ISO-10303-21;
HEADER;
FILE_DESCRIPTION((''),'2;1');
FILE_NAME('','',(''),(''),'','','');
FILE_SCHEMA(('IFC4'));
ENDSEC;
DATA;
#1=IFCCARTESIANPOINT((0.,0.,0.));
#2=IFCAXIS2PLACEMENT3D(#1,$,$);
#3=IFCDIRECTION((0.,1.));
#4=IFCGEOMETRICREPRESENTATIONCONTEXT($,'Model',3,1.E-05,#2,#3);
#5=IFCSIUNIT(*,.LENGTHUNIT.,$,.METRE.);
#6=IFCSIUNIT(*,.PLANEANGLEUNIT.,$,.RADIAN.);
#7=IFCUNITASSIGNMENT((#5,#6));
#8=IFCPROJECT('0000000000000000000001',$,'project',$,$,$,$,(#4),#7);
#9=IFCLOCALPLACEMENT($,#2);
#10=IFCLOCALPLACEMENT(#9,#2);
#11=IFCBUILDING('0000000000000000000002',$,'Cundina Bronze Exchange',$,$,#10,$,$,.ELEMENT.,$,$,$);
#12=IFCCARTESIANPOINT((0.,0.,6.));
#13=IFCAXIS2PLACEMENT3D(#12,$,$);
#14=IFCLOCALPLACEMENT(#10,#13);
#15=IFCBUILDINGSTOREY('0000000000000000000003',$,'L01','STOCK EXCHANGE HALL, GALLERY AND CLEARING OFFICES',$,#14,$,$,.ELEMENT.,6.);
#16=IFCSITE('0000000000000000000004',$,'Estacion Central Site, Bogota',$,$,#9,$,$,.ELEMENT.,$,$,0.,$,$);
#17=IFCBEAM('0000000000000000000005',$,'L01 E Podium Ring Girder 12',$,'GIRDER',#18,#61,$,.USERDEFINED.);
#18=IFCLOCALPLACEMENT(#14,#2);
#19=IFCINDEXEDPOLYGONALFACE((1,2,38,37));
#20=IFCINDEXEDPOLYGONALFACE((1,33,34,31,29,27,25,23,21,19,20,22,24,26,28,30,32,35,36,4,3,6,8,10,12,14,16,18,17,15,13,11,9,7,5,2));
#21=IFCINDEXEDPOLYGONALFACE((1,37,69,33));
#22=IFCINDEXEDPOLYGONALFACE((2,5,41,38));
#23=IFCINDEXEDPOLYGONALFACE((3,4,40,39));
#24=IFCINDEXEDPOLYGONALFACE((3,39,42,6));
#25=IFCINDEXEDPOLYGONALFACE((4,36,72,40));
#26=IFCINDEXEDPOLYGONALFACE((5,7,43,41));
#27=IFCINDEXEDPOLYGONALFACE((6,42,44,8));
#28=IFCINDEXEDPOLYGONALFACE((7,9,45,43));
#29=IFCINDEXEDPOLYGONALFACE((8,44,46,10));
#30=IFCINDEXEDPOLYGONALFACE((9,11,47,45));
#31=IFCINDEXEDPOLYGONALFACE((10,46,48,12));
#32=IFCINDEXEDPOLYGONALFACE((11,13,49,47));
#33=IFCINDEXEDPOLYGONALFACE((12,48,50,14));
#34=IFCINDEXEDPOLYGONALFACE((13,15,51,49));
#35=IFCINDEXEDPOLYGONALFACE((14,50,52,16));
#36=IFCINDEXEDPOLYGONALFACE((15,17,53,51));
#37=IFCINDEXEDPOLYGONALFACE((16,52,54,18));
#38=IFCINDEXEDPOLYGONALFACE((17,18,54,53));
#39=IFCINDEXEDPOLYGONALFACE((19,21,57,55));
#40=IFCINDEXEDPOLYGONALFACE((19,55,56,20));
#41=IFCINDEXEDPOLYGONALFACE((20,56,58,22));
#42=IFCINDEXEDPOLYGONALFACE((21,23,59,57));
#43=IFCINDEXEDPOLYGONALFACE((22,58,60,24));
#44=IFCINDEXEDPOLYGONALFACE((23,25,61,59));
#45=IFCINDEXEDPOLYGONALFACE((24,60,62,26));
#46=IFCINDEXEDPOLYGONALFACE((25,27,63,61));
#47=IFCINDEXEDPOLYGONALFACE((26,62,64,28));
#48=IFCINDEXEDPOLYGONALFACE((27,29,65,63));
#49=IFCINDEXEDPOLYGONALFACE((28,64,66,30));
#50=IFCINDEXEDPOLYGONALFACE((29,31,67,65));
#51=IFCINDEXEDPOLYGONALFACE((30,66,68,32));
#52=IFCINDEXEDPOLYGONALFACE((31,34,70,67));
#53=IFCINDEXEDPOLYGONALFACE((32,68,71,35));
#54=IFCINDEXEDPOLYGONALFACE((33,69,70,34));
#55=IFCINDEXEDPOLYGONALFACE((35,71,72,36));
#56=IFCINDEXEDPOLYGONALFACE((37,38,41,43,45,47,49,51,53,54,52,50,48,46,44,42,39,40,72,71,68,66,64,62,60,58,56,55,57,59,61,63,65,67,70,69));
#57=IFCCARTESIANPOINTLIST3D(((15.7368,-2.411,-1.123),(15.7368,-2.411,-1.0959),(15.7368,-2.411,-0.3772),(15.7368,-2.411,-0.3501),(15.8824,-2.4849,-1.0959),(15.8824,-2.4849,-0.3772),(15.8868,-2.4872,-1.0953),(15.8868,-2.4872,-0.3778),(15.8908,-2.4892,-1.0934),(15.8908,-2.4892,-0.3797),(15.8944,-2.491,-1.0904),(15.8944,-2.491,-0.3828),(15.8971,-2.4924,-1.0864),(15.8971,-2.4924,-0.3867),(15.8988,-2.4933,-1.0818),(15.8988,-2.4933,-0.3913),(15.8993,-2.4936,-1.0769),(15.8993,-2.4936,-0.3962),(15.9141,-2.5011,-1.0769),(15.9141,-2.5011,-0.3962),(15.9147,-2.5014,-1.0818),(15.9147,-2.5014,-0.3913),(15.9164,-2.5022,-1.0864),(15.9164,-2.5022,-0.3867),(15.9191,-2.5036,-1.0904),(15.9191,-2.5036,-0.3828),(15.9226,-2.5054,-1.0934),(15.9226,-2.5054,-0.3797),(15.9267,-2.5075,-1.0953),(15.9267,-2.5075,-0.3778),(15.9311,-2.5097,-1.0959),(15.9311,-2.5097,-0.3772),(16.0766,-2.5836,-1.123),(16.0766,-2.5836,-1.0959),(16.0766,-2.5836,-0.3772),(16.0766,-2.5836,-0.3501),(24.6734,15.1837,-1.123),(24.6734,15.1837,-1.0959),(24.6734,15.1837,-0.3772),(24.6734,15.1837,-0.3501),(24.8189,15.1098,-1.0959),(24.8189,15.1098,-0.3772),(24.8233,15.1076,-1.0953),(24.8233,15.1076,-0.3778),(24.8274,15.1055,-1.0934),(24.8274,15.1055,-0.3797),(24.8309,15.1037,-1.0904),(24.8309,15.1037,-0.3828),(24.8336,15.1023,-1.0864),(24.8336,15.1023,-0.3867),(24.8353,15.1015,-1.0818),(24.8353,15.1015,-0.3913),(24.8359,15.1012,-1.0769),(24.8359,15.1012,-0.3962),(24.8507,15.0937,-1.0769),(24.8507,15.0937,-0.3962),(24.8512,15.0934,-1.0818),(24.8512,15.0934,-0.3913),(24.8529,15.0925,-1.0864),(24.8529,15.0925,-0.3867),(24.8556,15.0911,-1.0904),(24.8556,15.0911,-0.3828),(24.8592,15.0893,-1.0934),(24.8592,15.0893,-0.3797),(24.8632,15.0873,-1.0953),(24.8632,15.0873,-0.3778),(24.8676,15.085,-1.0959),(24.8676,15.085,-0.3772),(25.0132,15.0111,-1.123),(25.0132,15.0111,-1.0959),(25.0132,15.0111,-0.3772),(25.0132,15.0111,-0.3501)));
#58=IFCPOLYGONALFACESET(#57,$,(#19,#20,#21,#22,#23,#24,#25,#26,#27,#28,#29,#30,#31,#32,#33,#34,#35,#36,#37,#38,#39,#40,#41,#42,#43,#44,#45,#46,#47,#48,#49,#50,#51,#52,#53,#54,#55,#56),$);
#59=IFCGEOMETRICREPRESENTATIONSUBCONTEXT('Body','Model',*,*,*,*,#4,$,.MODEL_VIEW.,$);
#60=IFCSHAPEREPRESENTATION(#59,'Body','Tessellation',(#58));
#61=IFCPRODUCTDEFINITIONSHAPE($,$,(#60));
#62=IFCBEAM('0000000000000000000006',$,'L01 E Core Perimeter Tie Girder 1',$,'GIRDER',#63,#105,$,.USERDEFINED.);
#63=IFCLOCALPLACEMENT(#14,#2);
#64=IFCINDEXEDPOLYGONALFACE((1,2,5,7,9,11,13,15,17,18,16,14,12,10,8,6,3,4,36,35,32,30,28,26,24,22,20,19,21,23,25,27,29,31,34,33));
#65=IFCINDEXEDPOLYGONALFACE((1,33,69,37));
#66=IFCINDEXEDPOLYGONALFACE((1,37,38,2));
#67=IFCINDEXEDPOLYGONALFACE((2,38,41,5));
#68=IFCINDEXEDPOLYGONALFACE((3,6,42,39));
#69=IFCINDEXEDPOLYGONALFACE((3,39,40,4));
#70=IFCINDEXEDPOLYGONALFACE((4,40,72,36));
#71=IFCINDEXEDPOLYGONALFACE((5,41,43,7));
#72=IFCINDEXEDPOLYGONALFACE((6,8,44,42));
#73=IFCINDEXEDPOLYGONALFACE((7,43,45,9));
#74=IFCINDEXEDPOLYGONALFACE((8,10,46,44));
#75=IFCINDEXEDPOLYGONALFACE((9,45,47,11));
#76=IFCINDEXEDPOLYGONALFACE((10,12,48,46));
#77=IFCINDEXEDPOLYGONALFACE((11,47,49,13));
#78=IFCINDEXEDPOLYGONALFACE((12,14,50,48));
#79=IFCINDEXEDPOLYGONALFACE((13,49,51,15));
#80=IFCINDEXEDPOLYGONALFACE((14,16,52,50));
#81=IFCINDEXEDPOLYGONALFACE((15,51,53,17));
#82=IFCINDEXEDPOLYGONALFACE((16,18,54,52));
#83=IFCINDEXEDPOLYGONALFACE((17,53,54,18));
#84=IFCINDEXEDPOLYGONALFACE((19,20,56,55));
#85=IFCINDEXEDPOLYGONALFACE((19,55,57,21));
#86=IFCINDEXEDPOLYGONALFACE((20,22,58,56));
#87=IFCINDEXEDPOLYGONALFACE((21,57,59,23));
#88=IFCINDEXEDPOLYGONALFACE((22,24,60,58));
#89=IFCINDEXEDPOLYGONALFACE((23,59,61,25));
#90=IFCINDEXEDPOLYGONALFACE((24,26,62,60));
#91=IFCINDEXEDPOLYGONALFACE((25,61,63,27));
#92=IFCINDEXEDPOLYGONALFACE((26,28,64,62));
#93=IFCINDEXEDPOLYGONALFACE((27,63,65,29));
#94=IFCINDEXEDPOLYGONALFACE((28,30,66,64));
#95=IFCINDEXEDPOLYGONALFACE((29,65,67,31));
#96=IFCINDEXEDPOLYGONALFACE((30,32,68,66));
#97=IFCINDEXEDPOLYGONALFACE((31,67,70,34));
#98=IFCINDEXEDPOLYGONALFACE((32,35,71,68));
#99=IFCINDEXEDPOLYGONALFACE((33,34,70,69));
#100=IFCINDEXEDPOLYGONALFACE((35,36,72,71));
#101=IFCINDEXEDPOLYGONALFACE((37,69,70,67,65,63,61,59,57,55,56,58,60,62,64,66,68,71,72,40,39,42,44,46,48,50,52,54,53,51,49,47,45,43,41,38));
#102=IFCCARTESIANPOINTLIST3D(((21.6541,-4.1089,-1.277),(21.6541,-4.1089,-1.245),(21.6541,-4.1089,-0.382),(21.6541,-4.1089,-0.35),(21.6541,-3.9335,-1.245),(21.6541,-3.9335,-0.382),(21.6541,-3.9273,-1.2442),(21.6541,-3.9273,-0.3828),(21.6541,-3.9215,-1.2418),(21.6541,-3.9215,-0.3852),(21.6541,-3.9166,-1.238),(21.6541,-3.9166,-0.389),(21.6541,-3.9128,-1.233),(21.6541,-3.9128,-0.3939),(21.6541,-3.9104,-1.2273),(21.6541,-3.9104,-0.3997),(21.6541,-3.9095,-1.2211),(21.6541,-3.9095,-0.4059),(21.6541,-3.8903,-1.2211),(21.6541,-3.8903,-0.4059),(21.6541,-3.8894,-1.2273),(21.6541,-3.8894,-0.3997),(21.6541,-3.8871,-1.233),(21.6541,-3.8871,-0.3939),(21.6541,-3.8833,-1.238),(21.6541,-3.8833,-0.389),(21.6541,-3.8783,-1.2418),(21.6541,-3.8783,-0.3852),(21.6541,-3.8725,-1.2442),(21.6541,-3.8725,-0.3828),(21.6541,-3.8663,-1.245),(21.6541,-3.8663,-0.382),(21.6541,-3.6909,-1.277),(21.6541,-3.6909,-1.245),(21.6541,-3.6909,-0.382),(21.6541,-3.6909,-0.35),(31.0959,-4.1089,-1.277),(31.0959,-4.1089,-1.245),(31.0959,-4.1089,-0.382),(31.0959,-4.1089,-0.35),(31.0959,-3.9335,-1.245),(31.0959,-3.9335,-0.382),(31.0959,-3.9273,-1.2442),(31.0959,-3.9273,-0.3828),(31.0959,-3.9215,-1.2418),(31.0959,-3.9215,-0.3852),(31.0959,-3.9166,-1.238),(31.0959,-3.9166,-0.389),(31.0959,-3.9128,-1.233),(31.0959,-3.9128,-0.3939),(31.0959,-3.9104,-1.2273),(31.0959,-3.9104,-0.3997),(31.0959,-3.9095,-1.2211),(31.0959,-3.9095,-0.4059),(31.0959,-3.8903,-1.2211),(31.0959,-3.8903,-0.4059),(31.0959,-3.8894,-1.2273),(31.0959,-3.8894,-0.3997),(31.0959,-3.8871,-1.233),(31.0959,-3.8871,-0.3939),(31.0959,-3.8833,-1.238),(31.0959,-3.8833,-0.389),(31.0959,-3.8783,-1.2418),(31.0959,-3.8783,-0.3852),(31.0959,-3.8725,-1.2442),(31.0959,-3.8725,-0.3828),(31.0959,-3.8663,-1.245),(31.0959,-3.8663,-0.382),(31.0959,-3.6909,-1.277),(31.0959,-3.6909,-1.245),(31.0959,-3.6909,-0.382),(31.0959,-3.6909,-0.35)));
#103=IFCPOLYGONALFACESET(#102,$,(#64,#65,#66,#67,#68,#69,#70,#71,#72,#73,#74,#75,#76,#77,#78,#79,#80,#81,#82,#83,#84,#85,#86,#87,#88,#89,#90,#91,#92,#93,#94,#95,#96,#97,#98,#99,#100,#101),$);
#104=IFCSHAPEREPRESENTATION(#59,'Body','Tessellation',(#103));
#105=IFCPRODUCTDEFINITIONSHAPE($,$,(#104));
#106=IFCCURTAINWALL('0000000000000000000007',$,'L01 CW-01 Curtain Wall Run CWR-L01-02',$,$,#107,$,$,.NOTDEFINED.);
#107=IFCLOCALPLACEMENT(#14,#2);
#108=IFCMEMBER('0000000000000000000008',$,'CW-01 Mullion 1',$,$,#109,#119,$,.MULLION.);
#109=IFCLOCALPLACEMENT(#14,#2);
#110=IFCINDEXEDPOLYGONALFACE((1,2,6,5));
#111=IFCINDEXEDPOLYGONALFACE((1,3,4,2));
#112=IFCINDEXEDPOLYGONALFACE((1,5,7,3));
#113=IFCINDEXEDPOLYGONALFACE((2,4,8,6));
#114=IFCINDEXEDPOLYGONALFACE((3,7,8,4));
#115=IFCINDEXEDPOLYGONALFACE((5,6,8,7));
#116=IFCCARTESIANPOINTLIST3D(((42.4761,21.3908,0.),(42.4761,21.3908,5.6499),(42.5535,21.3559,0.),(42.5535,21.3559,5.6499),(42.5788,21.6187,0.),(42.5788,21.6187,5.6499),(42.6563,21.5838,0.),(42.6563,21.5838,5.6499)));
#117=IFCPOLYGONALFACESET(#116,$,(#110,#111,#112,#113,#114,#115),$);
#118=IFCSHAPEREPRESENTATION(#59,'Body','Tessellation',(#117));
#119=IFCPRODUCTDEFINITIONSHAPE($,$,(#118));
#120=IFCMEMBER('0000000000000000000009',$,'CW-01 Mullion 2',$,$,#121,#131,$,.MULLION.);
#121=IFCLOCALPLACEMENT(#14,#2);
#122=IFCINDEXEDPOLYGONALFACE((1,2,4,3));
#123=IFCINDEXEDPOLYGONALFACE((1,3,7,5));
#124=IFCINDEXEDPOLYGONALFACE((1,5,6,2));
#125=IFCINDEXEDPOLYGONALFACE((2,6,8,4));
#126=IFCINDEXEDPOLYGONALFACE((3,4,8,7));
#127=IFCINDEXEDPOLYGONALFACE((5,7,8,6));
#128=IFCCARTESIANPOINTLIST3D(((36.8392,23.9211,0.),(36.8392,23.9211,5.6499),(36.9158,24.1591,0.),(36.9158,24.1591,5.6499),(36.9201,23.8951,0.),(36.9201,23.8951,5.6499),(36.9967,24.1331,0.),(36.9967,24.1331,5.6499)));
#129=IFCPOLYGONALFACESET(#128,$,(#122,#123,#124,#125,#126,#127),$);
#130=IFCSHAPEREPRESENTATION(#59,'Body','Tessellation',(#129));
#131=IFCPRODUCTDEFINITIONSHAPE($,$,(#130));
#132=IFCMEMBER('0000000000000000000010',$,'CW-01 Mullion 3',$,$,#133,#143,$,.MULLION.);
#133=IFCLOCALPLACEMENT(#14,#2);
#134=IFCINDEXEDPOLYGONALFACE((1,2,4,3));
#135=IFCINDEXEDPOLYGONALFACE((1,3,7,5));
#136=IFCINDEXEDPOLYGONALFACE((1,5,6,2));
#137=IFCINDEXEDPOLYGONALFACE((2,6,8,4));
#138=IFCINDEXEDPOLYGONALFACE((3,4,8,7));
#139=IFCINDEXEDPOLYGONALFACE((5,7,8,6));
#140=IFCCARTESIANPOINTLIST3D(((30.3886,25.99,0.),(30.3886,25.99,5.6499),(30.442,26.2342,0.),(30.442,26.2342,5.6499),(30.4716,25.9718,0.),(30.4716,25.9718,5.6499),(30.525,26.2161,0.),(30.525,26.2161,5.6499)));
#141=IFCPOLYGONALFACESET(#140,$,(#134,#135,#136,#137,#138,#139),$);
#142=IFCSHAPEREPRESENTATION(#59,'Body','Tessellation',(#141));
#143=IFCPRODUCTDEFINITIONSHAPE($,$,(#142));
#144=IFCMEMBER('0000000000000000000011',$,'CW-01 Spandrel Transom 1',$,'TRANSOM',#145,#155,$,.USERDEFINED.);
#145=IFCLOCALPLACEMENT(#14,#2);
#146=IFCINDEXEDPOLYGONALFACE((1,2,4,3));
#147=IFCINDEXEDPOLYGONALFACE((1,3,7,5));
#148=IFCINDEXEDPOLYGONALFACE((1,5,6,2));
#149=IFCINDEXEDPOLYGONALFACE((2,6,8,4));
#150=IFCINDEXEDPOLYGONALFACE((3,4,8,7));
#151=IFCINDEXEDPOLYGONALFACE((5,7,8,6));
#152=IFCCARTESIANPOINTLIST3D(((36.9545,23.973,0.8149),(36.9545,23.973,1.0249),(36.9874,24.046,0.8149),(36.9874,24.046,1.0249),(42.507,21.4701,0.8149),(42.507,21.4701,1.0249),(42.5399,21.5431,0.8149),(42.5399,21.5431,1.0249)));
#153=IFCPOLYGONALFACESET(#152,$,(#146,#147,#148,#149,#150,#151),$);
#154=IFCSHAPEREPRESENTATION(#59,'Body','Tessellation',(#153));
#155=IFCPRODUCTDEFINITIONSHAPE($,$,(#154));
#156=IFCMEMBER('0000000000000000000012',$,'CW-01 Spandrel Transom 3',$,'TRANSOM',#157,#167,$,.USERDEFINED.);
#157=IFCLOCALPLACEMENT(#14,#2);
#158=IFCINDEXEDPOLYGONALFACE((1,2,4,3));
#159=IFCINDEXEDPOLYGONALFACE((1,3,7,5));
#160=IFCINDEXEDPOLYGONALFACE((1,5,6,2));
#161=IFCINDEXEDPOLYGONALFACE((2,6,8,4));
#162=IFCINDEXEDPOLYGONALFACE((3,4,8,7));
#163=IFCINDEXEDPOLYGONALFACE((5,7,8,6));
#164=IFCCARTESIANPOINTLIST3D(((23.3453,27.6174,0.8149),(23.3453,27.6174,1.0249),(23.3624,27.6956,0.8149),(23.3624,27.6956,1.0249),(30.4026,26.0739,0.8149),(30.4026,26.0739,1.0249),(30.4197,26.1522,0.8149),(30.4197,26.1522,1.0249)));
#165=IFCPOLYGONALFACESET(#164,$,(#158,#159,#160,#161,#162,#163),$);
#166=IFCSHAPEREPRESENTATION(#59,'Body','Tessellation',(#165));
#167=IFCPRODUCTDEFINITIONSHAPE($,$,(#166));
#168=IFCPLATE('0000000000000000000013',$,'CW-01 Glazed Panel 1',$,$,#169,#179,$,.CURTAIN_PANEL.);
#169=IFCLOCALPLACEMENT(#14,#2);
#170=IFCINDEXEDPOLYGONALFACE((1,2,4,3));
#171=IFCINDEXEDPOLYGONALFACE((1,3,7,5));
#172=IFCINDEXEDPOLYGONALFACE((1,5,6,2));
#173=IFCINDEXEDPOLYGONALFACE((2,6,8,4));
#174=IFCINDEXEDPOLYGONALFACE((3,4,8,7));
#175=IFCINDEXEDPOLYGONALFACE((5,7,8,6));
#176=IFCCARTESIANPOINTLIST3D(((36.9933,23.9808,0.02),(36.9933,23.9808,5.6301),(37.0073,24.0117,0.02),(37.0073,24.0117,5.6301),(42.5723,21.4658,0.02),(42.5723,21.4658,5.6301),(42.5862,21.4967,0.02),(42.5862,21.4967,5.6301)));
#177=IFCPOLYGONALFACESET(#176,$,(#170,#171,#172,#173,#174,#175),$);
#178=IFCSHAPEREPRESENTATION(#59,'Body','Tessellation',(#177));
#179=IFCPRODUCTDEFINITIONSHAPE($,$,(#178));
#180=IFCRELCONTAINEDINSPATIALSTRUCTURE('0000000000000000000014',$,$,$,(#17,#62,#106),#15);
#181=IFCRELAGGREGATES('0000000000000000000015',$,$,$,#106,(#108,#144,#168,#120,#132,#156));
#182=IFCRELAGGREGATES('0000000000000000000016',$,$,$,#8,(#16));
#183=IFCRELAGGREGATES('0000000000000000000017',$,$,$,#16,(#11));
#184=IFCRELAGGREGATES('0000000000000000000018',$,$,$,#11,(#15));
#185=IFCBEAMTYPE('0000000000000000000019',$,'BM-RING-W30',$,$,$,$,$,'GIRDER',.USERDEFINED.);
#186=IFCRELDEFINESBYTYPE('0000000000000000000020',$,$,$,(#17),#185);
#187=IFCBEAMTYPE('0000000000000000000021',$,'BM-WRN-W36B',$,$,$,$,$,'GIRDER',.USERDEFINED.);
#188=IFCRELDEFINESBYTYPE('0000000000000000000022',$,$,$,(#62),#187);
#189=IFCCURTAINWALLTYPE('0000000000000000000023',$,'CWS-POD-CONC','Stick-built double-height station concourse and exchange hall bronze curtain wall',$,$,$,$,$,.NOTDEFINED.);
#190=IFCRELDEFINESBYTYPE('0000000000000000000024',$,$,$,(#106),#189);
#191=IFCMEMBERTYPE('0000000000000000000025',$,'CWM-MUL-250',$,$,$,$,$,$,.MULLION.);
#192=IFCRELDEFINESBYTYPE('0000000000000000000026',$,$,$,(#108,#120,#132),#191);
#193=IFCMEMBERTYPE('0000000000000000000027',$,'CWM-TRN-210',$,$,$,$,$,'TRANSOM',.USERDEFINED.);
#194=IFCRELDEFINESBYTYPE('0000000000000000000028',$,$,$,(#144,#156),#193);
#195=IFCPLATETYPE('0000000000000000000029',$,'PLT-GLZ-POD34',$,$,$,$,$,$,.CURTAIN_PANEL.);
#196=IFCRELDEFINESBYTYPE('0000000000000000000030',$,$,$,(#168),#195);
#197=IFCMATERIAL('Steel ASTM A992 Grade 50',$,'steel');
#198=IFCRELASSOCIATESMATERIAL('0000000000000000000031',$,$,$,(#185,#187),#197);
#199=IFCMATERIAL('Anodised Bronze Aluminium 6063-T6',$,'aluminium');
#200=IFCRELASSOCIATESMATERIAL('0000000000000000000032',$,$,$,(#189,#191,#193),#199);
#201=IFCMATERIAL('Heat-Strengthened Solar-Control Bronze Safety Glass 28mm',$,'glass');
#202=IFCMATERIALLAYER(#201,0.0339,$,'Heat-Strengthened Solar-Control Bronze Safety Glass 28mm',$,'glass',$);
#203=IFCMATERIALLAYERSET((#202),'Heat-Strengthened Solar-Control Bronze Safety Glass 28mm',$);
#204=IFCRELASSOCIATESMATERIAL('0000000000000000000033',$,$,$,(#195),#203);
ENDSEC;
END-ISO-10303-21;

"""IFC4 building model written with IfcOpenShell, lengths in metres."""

from ifc_helpers import new_model, si_unit, direction, frame, origin, origin_2d, place, context, subcontext, project, spatial, rectangle, i_section, extrude, material, layer, layer_set, material_profile, profile_set, type_object, element, aggregate, save


model = new_model("IFC4")

# Units and contexts
model_context = context("Model", 3, precision=1e-05, world=origin(), true_north=direction((0.0, 1.0)))
body_context = subcontext(model_context, "Body", "Model", "MODEL_VIEW")
ifc_project = project(units=[si_unit("LENGTHUNIT", "METRE"), si_unit("PLANEANGLEUNIT", "RADIAN")], contexts=[model_context])

# Site, building, storey
site_placement = place(None, origin())
site = spatial("IfcSite", under=ifc_project, at=site_placement, Name="Estacion Central Site, Bogota", CompositionType="ELEMENT", RefElevation=0.0)
building_placement = place(site_placement, origin())
building = spatial("IfcBuilding", under=site, at=building_placement, Name="Cundina Bronze Exchange", CompositionType="ELEMENT")
storey_placement = place(building_placement, frame((0.0, 0.0, 6.0)))
storey = spatial("IfcBuildingStorey", under=building, at=storey_placement, Name="L01", Description="STOCK EXCHANGE HALL, GALLERY AND CLEARING OFFICES", CompositionType="ELEMENT", Elevation=6.0)

# Shared definitions
ifc_material_1 = material(Name="Steel ASTM A992 Grade 50", Category="steel")

# Beams
ifc_material_profile_1 = material_profile(ifc_material_1, i_section(OverallWidth=0.3811, OverallDepth=0.7729, WebThickness=0.0166, FlangeThickness=0.0271, FilletRadius=0.019, at=origin_2d()), Name="W30X173", Category="steel")
ifc_profile_set_1 = profile_set([ifc_material_profile_1], Name="Steel ASTM A992 Grade 50")
beam_type_1 = type_object("IfcBeamType", Name="BM-RING-W30", ElementType="GIRDER", PredefinedType="USERDEFINED", material=ifc_profile_set_1)
beam_1_placement = place(storey_placement, frame((24.8433, 15.0974, -0.7366), z_axis=(-0.452846, -0.891589, 0.0), x_axis=(0.891589, -0.452846, 0.0)))
element("IfcBeam", 1, at=beam_1_placement, inside=storey, type_object=beam_type_1, Name="L01 E Podium Ring Girder 12", ObjectType="GIRDER", PredefinedType="USERDEFINED", context=body_context, shape_type="SweptSolid", body=[
    extrude(i_section(OverallWidth=0.3811, OverallDepth=0.7729, WebThickness=0.0166, FlangeThickness=0.0271, FilletRadius=0.019, at=origin_2d()), origin(), (0.0, 0.0, 1.0), 19.7341),
])
ifc_material_profile_2 = material_profile(ifc_material_1, i_section(OverallWidth=0.418, OverallDepth=0.927, WebThickness=0.0193, FlangeThickness=0.032, FilletRadius=0.0239, at=origin_2d()), Name="W36X231", Category="steel")
ifc_profile_set_2 = profile_set([ifc_material_profile_2], Name="Steel ASTM A992 Grade 50")
beam_type_2 = type_object("IfcBeamType", Name="BM-WRN-W36B", ElementType="GIRDER", PredefinedType="USERDEFINED", material=ifc_profile_set_2)
beam_2_placement = place(storey_placement, frame((31.0959, -3.8999, -0.8135), z_axis=(-1.0, 0.0, 0.0), x_axis=(0.0, -1.0, 0.0)))
element("IfcBeam", 2, at=beam_2_placement, inside=storey, type_object=beam_type_2, Name="L01 E Core Perimeter Tie Girder 1", ObjectType="GIRDER", PredefinedType="USERDEFINED", context=body_context, shape_type="SweptSolid", body=[
    extrude(i_section(OverallWidth=0.418, OverallDepth=0.927, WebThickness=0.0193, FlangeThickness=0.032, FilletRadius=0.0239, at=origin_2d()), origin(), (0.0, 0.0, 1.0), 9.4419),
])

# Curtain wall, members, plate
ifc_material_2 = material(Name="Anodised Bronze Aluminium 6063-T6", Category="aluminium")
curtain_wall_type = type_object("IfcCurtainWallType", Name="CWS-POD-CONC", Description="Stick-built double-height station concourse and exchange hall bronze curtain wall", PredefinedType="NOTDEFINED", material=ifc_material_2)
curtain_wall_placement = place(storey_placement, origin())
curtain_wall = element("IfcCurtainWall", 3, at=curtain_wall_placement, inside=storey, type_object=curtain_wall_type, Name="L01 CW-01 Curtain Wall Run CWR-L01-02", PredefinedType="NOTDEFINED")
ifc_material_profile_3 = material_profile(ifc_material_2, rectangle(XDim=0.085, YDim=0.25, at=origin_2d()), Name="AL85X250", Category="aluminium")
ifc_profile_set_3 = profile_set([ifc_material_profile_3], Name="Anodised Bronze Aluminium 6063-T6")
member_type_1 = type_object("IfcMemberType", Name="CWM-MUL-250", PredefinedType="MULLION", material=ifc_profile_set_3)
member_1_placement = place(storey_placement, frame((42.5662, 21.4873, 0.0), z_axis=(0.0, 0.0, 1.0), x_axis=(-0.911619, 0.411037, 0.0)))
member_1 = element("IfcMember", 4, at=member_1_placement, type_object=member_type_1, Name="CW-01 Mullion 1", PredefinedType="MULLION", context=body_context, shape_type="SweptSolid", body=[
    extrude(rectangle(XDim=0.085, YDim=0.25, at=origin_2d()), origin(), (0.0, 0.0, 1.0), 5.6499),
])
member_2_placement = place(storey_placement, frame((36.918, 24.0271, 0.0), z_axis=(0.0, 0.0, 1.0), x_axis=(-0.951862, 0.306526, 0.0)))
member_2 = element("IfcMember", 5, at=member_2_placement, type_object=member_type_1, Name="CW-01 Mullion 2", PredefinedType="MULLION", context=body_context, shape_type="SweptSolid", body=[
    extrude(rectangle(XDim=0.085, YDim=0.25, at=origin_2d()), origin(), (0.0, 0.0, 1.0), 5.6499),
])
member_3_placement = place(storey_placement, frame((30.4568, 26.103, 0.0), z_axis=(0.0, 0.0, 1.0), x_axis=(-0.976897, 0.213712, 0.0)))
member_3 = element("IfcMember", 6, at=member_3_placement, type_object=member_type_1, Name="CW-01 Mullion 3", PredefinedType="MULLION", context=body_context, shape_type="SweptSolid", body=[
    extrude(rectangle(XDim=0.085, YDim=0.25, at=origin_2d()), origin(), (0.0, 0.0, 1.0), 5.6499),
])
ifc_material_profile_4 = material_profile(ifc_material_2, rectangle(XDim=0.0801, YDim=0.21, at=origin_2d()), Name="AL80X210", Category="aluminium")
ifc_profile_set_4 = profile_set([ifc_material_profile_4], Name="Anodised Bronze Aluminium 6063-T6")
member_type_2 = type_object("IfcMemberType", Name="CWM-TRN-210", ElementType="TRANSOM", PredefinedType="USERDEFINED", material=ifc_profile_set_4)
member_4_placement = place(storey_placement, frame((42.5234, 21.5066, 0.9199), z_axis=(-0.911657, 0.410953, 0.0), x_axis=(-0.410953, -0.911657, 0.0)))
member_4 = element("IfcMember", 7, at=member_4_placement, type_object=member_type_2, Name="CW-01 Spandrel Transom 1", ObjectType="TRANSOM", PredefinedType="USERDEFINED", context=body_context, shape_type="SweptSolid", body=[
    extrude(rectangle(XDim=0.0801, YDim=0.21, at=origin_2d()), origin(), (0.0, 0.0, 1.0), 6.0906),
])
member_5_placement = place(storey_placement, frame((30.4111, 26.113, 0.9199), z_axis=(-0.97691, 0.213652, 0.0), x_axis=(-0.213652, -0.97691, 0.0)))
member_5 = element("IfcMember", 8, at=member_5_placement, type_object=member_type_2, Name="CW-01 Spandrel Transom 3", ObjectType="TRANSOM", PredefinedType="USERDEFINED", context=body_context, shape_type="SweptSolid", body=[
    extrude(rectangle(XDim=0.0801, YDim=0.21, at=origin_2d()), origin(), (0.0, 0.0, 1.0), 7.2241),
])
ifc_material_3 = material(Name="Heat-Strengthened Solar-Control Bronze Safety Glass 28mm", Category="glass")
ifc_layer_1 = layer(ifc_material_3, 0.0339, Name="Heat-Strengthened Solar-Control Bronze Safety Glass 28mm", Category="glass")
ifc_layer_set_1 = layer_set([ifc_layer_1], Name="Heat-Strengthened Solar-Control Bronze Safety Glass 28mm")
plate_type = type_object("IfcPlateType", Name="PLT-GLZ-POD34", PredefinedType="CURTAIN_PANEL", material=ifc_layer_set_1)
plate_1_placement = place(storey_placement, frame((39.7898, 22.7388, 0.02), z_axis=(0.0, 0.0, 1.0), x_axis=(-0.911647, 0.410973, 0.0)))
plate_1 = element("IfcPlate", 9, at=plate_1_placement, type_object=plate_type, Name="CW-01 Glazed Panel 1", PredefinedType="CURTAIN_PANEL", context=body_context, shape_type="SweptSolid", body=[
    extrude(rectangle(XDim=6.1196, YDim=0.0339, at=origin_2d()), origin(), (0.0, 0.0, 1.0), 5.6101),
])
aggregate(curtain_wall, [member_1, member_4, plate_1, member_2, member_3, member_5])

save(model, "model.ifc")
